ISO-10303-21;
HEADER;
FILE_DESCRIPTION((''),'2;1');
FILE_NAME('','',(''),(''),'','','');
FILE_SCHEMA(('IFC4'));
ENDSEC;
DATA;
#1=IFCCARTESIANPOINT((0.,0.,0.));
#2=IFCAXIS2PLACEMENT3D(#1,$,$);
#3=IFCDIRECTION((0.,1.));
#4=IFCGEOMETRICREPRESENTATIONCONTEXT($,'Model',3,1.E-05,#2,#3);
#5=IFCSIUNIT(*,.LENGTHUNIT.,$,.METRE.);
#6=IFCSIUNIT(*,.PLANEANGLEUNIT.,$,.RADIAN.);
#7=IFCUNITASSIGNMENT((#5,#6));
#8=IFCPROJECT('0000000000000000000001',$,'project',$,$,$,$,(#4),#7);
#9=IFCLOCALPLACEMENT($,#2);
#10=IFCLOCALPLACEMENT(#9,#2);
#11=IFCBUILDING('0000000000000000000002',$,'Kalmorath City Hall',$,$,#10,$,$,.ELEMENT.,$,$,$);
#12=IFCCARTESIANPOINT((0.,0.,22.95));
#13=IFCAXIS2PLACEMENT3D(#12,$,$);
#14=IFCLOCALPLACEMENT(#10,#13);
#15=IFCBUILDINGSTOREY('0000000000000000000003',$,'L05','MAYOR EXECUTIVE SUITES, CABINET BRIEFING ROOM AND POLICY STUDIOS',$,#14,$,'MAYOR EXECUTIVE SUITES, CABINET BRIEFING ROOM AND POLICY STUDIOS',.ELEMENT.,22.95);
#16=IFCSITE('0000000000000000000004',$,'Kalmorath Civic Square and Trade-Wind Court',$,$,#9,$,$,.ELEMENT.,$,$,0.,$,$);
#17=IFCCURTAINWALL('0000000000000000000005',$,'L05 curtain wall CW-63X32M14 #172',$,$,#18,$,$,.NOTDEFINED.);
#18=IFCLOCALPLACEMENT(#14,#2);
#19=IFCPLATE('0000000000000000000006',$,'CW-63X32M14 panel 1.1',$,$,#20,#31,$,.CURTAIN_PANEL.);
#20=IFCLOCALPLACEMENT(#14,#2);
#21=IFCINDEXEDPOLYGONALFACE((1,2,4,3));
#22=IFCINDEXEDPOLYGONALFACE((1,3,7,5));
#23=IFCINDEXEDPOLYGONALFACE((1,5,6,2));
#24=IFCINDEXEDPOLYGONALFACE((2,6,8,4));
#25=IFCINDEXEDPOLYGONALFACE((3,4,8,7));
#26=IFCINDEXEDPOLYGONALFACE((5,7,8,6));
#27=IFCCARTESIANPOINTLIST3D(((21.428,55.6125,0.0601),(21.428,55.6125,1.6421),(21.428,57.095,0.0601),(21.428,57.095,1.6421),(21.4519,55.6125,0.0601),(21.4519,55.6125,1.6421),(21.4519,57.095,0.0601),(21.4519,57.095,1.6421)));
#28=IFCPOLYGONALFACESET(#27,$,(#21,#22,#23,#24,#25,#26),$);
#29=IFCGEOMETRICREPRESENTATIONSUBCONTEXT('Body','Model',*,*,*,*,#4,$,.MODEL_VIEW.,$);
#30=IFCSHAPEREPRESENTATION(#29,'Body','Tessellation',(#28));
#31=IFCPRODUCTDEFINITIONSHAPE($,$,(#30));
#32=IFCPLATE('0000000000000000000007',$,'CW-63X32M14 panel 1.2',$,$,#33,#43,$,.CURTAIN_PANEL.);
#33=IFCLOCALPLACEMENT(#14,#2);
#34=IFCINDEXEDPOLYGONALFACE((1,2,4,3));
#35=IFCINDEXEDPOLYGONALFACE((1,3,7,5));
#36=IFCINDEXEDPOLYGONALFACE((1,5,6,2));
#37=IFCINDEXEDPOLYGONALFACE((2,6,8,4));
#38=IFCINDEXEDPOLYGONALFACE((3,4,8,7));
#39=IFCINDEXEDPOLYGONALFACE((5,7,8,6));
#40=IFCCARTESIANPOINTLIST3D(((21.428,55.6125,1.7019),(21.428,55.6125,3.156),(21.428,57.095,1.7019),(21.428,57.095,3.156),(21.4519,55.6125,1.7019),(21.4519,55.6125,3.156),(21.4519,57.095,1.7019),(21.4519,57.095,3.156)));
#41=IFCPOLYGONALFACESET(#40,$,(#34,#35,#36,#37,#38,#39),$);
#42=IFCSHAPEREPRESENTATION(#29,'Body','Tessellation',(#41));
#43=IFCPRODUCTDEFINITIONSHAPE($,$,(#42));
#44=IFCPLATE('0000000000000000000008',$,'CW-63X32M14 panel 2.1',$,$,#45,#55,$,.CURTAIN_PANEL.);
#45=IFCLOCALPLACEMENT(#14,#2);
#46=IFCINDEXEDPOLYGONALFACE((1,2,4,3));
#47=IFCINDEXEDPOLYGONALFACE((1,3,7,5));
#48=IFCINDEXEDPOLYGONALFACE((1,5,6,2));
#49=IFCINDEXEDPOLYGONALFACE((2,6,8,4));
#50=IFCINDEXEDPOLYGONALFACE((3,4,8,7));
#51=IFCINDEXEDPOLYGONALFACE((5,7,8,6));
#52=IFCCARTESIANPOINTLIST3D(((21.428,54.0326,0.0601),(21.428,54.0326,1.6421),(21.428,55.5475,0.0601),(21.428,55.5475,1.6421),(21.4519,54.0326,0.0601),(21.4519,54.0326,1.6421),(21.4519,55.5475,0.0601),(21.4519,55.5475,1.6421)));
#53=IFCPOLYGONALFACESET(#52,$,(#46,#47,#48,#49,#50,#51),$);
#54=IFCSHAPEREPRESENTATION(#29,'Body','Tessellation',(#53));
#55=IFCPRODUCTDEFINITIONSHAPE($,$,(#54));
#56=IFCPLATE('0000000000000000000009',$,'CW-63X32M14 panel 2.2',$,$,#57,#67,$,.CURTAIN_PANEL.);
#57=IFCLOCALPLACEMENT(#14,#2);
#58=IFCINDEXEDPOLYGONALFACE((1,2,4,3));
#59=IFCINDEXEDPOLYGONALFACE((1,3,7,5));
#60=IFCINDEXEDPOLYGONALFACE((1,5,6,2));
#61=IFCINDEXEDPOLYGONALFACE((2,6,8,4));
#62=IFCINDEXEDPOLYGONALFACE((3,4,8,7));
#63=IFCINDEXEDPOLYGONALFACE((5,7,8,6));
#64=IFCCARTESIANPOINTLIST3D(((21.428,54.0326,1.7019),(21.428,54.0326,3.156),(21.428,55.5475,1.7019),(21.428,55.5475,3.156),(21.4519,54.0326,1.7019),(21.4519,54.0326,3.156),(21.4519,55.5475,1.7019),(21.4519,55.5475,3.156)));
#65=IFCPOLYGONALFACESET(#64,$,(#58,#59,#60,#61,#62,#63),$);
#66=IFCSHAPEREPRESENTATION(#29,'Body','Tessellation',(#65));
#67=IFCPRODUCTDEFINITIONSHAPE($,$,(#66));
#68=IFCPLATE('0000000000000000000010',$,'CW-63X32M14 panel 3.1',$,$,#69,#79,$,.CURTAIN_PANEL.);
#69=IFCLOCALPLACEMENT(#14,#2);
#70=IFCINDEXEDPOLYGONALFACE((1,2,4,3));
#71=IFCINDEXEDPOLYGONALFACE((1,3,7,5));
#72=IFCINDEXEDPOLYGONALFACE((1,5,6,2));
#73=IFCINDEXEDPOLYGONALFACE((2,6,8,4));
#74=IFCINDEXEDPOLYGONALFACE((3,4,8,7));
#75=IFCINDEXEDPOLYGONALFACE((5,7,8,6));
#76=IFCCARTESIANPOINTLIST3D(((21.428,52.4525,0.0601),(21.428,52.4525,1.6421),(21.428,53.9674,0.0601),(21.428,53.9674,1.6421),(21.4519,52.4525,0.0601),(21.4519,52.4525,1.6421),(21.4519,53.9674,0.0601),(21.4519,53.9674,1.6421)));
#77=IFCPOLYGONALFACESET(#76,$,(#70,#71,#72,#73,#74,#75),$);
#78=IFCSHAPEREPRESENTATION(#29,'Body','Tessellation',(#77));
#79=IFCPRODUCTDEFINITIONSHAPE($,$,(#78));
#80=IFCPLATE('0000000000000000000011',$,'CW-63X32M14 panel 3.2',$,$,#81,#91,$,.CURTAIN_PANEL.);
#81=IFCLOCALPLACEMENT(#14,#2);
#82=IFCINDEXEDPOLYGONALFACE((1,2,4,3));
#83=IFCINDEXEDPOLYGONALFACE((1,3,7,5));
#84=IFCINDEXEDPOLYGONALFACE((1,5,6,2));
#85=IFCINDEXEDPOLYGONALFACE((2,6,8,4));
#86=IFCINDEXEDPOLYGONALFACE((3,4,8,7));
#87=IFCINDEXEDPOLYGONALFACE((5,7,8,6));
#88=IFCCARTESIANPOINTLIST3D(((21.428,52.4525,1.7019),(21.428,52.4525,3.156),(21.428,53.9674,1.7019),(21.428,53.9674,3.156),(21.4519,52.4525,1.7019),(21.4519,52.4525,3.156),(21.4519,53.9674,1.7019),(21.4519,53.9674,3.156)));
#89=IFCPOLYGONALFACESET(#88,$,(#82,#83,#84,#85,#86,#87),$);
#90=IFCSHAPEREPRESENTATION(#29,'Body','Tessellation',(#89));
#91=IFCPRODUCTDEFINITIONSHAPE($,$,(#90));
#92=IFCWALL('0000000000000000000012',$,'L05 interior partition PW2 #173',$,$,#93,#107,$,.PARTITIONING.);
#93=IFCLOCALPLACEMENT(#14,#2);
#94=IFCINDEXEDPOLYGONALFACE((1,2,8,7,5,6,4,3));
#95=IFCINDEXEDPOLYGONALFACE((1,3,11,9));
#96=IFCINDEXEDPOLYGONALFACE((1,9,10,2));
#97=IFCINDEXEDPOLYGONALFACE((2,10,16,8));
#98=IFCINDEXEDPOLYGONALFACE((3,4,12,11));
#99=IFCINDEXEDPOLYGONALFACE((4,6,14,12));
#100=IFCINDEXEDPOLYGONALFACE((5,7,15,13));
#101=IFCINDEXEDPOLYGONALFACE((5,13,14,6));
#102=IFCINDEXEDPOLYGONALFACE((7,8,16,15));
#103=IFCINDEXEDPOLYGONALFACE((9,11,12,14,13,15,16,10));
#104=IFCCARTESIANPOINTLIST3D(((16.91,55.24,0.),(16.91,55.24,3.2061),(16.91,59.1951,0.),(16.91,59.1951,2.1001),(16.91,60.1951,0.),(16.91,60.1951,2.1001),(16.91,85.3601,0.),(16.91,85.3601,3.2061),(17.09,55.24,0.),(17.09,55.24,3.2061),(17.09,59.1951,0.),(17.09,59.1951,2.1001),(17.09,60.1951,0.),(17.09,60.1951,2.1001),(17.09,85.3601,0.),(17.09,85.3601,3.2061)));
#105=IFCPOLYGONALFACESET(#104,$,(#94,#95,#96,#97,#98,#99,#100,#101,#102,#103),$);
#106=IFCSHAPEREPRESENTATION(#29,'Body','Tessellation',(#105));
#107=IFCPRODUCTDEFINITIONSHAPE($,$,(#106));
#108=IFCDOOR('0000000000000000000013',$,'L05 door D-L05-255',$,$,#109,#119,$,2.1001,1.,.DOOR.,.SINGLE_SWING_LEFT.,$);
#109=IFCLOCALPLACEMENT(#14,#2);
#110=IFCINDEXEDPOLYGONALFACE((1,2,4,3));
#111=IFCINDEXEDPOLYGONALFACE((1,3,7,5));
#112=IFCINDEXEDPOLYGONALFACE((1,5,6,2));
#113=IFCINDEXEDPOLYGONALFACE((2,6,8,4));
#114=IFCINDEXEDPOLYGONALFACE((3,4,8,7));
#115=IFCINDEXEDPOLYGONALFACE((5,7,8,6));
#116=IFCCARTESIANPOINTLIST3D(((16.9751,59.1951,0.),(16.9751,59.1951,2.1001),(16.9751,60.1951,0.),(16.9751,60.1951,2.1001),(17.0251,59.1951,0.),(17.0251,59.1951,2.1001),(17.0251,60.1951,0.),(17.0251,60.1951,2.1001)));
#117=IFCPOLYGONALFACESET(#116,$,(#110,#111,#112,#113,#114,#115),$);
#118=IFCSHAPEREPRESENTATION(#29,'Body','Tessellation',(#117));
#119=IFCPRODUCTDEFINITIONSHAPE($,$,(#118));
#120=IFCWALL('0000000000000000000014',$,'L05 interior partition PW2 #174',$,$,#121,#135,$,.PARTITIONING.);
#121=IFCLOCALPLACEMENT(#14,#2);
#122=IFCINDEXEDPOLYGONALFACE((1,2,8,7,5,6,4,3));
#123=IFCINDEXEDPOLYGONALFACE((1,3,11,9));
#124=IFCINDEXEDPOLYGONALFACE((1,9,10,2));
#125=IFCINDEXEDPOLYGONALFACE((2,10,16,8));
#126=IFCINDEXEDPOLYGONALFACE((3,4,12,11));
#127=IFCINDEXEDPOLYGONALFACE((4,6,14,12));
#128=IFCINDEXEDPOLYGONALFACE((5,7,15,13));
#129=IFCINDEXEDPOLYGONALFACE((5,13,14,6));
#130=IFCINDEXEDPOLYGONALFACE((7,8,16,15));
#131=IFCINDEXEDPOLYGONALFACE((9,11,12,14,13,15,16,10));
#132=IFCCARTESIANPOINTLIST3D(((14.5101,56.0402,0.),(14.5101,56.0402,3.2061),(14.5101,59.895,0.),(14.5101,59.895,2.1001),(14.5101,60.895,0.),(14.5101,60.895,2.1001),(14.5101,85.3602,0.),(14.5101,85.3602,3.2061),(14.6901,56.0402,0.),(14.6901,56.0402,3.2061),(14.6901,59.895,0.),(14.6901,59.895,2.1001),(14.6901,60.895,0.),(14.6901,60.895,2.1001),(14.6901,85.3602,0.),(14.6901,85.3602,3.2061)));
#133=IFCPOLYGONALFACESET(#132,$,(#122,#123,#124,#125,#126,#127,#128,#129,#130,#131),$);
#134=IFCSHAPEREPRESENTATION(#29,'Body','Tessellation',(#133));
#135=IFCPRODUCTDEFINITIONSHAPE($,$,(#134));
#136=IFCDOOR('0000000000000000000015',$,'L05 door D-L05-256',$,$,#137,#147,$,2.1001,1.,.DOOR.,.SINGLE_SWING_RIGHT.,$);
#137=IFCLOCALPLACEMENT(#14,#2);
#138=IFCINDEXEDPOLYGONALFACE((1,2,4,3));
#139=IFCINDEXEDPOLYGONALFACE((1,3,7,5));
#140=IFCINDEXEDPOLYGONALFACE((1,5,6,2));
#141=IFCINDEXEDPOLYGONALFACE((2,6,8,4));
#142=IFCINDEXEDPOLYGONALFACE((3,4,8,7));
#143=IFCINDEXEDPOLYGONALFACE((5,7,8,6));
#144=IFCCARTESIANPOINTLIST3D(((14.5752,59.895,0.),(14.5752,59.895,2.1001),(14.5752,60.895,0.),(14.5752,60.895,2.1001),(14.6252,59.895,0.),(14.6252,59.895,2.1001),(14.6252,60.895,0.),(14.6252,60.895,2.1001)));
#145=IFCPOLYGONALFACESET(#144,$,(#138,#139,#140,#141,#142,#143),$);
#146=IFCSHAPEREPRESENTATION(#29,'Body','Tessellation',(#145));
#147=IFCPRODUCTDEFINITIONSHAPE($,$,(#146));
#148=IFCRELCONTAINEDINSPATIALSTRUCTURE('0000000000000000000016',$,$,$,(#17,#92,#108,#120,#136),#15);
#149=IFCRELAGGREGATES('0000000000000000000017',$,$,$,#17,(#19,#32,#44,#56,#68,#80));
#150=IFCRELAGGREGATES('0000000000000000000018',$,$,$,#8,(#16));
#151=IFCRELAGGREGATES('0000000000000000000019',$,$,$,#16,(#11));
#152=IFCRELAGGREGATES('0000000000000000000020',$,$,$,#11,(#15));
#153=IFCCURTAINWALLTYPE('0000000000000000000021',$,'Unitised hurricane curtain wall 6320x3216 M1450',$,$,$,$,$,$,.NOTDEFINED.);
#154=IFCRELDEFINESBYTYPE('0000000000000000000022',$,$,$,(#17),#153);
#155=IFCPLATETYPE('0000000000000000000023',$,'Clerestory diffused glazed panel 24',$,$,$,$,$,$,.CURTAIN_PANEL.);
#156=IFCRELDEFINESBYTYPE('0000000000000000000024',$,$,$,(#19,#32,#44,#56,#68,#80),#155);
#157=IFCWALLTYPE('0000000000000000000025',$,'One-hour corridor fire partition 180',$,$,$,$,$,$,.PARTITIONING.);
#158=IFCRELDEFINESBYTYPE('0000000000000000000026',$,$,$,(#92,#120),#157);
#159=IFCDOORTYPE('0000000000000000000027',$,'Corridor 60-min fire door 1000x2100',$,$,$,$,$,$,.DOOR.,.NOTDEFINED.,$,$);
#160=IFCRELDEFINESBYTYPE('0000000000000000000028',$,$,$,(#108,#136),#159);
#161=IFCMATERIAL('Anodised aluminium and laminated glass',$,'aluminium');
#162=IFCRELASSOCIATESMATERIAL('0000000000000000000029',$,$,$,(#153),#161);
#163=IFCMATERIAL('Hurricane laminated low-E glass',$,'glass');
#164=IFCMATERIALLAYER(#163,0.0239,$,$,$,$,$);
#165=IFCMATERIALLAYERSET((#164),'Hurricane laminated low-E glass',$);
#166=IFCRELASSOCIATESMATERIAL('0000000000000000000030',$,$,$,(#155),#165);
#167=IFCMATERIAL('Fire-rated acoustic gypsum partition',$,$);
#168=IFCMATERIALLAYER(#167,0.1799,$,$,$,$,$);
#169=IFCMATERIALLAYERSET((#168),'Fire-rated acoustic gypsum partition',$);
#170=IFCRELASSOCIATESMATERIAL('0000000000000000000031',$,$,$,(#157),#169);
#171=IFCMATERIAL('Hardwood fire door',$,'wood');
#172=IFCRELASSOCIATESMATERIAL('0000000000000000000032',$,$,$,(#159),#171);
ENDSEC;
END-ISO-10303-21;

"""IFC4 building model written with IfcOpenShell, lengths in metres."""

from ifc_helpers import new_model, si_unit, direction, frame, frame_2d, origin, origin_2d, place, context, subcontext, project, spatial, rectangle, extrude, material, layer, layer_set, type_object, element, fill, aggregate, save


model = new_model("IFC4")

# Units and contexts
model_context = context("Model", 3, precision=1e-05, world=origin(), true_north=direction((0.0, 1.0)))
body_context = subcontext(model_context, "Body", "Model", "MODEL_VIEW")
ifc_project = project(units=[si_unit("LENGTHUNIT", "METRE"), si_unit("PLANEANGLEUNIT", "RADIAN")], contexts=[model_context])

# Site, building, storey
site_placement = place(None, origin())
site = spatial("IfcSite", under=ifc_project, at=site_placement, Name="Kalmorath Civic Square and Trade-Wind Court", CompositionType="ELEMENT", RefElevation=0.0)
building_placement = place(site_placement, origin())
building = spatial("IfcBuilding", under=site, at=building_placement, Name="Kalmorath City Hall", CompositionType="ELEMENT")
storey_placement = place(building_placement, frame((0.0, 0.0, 22.95)))
storey = spatial("IfcBuildingStorey", under=building, at=storey_placement, Name="L05", Description="MAYOR EXECUTIVE SUITES, CABINET BRIEFING ROOM AND POLICY STUDIOS", LongName="MAYOR EXECUTIVE SUITES, CABINET BRIEFING ROOM AND POLICY STUDIOS", CompositionType="ELEMENT", Elevation=22.95)

# Curtain wall
ifc_material_1 = material(Name="Anodised aluminium and laminated glass", Category="aluminium")
curtain_wall_type = type_object("IfcCurtainWallType", Name="Unitised hurricane curtain wall 6320x3216 M1450", PredefinedType="NOTDEFINED", material=ifc_material_1)
curtain_wall_placement = place(storey_placement, origin())
curtain_wall = element("IfcCurtainWall", 1, at=curtain_wall_placement, inside=storey, type_object=curtain_wall_type, Name="L05 curtain wall CW-63X32M14 #172", PredefinedType="NOTDEFINED")

# Plates
ifc_material_2 = material(Name="Hurricane laminated low-E glass", Category="glass")
ifc_layer_1 = layer(ifc_material_2, 0.0239)
ifc_layer_set_1 = layer_set([ifc_layer_1], Name="Hurricane laminated low-E glass")
plate_type = type_object("IfcPlateType", Name="Clerestory diffused glazed panel 24", PredefinedType="CURTAIN_PANEL", material=ifc_layer_set_1)
plate_1_placement = place(storey_placement, frame((21.4399, 56.3538, 0.0601), z_axis=(0.0, 0.0, 1.0), x_axis=(0.0, -1.0, 0.0)))
plate_1 = element("IfcPlate", 2, at=plate_1_placement, type_object=plate_type, Name="CW-63X32M14 panel 1.1", PredefinedType="CURTAIN_PANEL", context=body_context, shape_type="SweptSolid", body=[
    extrude(rectangle(XDim=1.4824, YDim=0.0239, at=origin_2d()), origin(), (0.0, 0.0, 1.0), 1.582),
])
plate_2_placement = place(storey_placement, frame((21.4399, 56.3538, 1.7019), z_axis=(0.0, 0.0, 1.0), x_axis=(0.0, -1.0, 0.0)))
plate_2 = element("IfcPlate", 3, at=plate_2_placement, type_object=plate_type, Name="CW-63X32M14 panel 1.2", PredefinedType="CURTAIN_PANEL", context=body_context, shape_type="SweptSolid", body=[
    extrude(rectangle(XDim=1.4824, YDim=0.0239, at=origin_2d()), origin(), (0.0, 0.0, 1.0), 1.4541),
])
plate_3_placement = place(storey_placement, frame((21.4399, 54.79, 0.0601), z_axis=(0.0, 0.0, 1.0), x_axis=(0.0, -1.0, 0.0)))
plate_3 = element("IfcPlate", 4, at=plate_3_placement, type_object=plate_type, Name="CW-63X32M14 panel 2.1", PredefinedType="CURTAIN_PANEL", context=body_context, shape_type="SweptSolid", body=[
    extrude(rectangle(XDim=1.5149, YDim=0.0239, at=origin_2d()), origin(), (0.0, 0.0, 1.0), 1.582),
])
plate_4_placement = place(storey_placement, frame((21.4399, 54.79, 1.7019), z_axis=(0.0, 0.0, 1.0), x_axis=(0.0, -1.0, 0.0)))
plate_4 = element("IfcPlate", 5, at=plate_4_placement, type_object=plate_type, Name="CW-63X32M14 panel 2.2", PredefinedType="CURTAIN_PANEL", context=body_context, shape_type="SweptSolid", body=[
    extrude(rectangle(XDim=1.5149, YDim=0.0239, at=origin_2d()), origin(), (0.0, 0.0, 1.0), 1.4541),
])
plate_5_placement = place(storey_placement, frame((21.4399, 53.21, 0.0601), z_axis=(0.0, 0.0, 1.0), x_axis=(0.0, -1.0, 0.0)))
plate_5 = element("IfcPlate", 6, at=plate_5_placement, type_object=plate_type, Name="CW-63X32M14 panel 3.1", PredefinedType="CURTAIN_PANEL", context=body_context, shape_type="SweptSolid", body=[
    extrude(rectangle(XDim=1.5149, YDim=0.0239, at=origin_2d()), origin(), (0.0, 0.0, 1.0), 1.582),
])
plate_6_placement = place(storey_placement, frame((21.4399, 53.21, 1.7019), z_axis=(0.0, 0.0, 1.0), x_axis=(0.0, -1.0, 0.0)))
plate_6 = element("IfcPlate", 7, at=plate_6_placement, type_object=plate_type, Name="CW-63X32M14 panel 3.2", PredefinedType="CURTAIN_PANEL", context=body_context, shape_type="SweptSolid", body=[
    extrude(rectangle(XDim=1.5149, YDim=0.0239, at=origin_2d()), origin(), (0.0, 0.0, 1.0), 1.4541),
])
aggregate(curtain_wall, [plate_1, plate_2, plate_3, plate_4, plate_5, plate_6])

# Walls, openings, doors
ifc_material_3 = material(Name="Fire-rated acoustic gypsum partition")
ifc_layer_2 = layer(ifc_material_3, 0.1799)
ifc_layer_set_2 = layer_set([ifc_layer_2], Name="Fire-rated acoustic gypsum partition")
wall_type = type_object("IfcWallType", Name="One-hour corridor fire partition 180", PredefinedType="PARTITIONING", material=ifc_layer_set_2)
wall_1_placement = place(storey_placement, frame((17.0, 55.24, 0.0), z_axis=(0.0, 0.0, 1.0), x_axis=(0.0, 1.0, 0.0)))
wall_1 = element("IfcWall", 8, at=wall_1_placement, inside=storey, type_object=wall_type, Name="L05 interior partition PW2 #173", PredefinedType="PARTITIONING", context=body_context, shape_type="SweptSolid", body=[
    extrude(rectangle(XDim=30.1201, YDim=0.1799, at=frame_2d((15.0601, 0.0))), origin(), (0.0, 0.0, 1.0), 3.2061),
])
opening_1_placement = place(wall_1_placement, frame((3.9551, 0.0, 0.0)))
opening_1 = element("IfcOpeningElement", 9, at=opening_1_placement, cuts=wall_1, PredefinedType="OPENING", context=body_context, shape_type="SweptSolid", body=[
    extrude(rectangle(XDim=1.0, YDim=2.1001, at=frame_2d((0.5, 1.05))), frame((0.0, 0.0999, 0.0), z_axis=(0.0, -1.0, 0.0), x_axis=(1.0, 0.0, 0.0)), (0.0, 0.0, 1.0), 0.2),
])
ifc_material_4 = material(Name="Hardwood fire door", Category="wood")
door_type = type_object("IfcDoorType", Name="Corridor 60-min fire door 1000x2100", OperationType="NOTDEFINED", PredefinedType="DOOR", material=ifc_material_4)
door_1_placement = place(opening_1_placement, origin())
door_1 = element("IfcDoor", 10, at=door_1_placement, inside=storey, type_object=door_type, Name="L05 door D-L05-255", OperationType="SINGLE_SWING_LEFT", OverallHeight=2.1001, OverallWidth=1.0, PredefinedType="DOOR", context=body_context, shape_type="SweptSolid", body=[
    extrude(rectangle(XDim=1.0, YDim=2.1001, at=frame_2d((0.5, 1.05))), frame((0.0, 0.0249, 0.0), z_axis=(0.0, -1.0, 0.0), x_axis=(1.0, 0.0, 0.0)), (0.0, 0.0, 1.0), 0.05),
])
fill(opening_1, door_1)
wall_2_placement = place(storey_placement, frame((14.6001, 56.04, 0.0), z_axis=(0.0, 0.0, 1.0), x_axis=(0.0, 1.0, 0.0)))
wall_2 = element("IfcWall", 11, at=wall_2_placement, inside=storey, type_object=wall_type, Name="L05 interior partition PW2 #174", PredefinedType="PARTITIONING", context=body_context, shape_type="SweptSolid", body=[
    extrude(rectangle(XDim=29.3201, YDim=0.1799, at=frame_2d((14.6602, 0.0))), origin(), (0.0, 0.0, 1.0), 3.2061),
])
opening_2_placement = place(wall_2_placement, frame((3.855, 0.0, 0.0)))
opening_2 = element("IfcOpeningElement", 12, at=opening_2_placement, cuts=wall_2, PredefinedType="OPENING", context=body_context, shape_type="SweptSolid", body=[
    extrude(rectangle(XDim=1.0, YDim=2.1001, at=frame_2d((0.5, 1.05))), frame((0.0, 0.0999, 0.0), z_axis=(0.0, -1.0, 0.0), x_axis=(1.0, 0.0, 0.0)), (0.0, 0.0, 1.0), 0.2),
])
door_2_placement = place(opening_2_placement, origin())
door_2 = element("IfcDoor", 13, at=door_2_placement, inside=storey, type_object=door_type, Name="L05 door D-L05-256", OperationType="SINGLE_SWING_RIGHT", OverallHeight=2.1001, OverallWidth=1.0, PredefinedType="DOOR", context=body_context, shape_type="SweptSolid", body=[
    extrude(rectangle(XDim=1.0, YDim=2.1001, at=frame_2d((0.5, 1.05))), frame((0.0, 0.0249, 0.0), z_axis=(0.0, -1.0, 0.0), x_axis=(1.0, 0.0, 0.0)), (0.0, 0.0, 1.0), 0.05),
])
fill(opening_2, door_2)

save(model, "model.ifc")
